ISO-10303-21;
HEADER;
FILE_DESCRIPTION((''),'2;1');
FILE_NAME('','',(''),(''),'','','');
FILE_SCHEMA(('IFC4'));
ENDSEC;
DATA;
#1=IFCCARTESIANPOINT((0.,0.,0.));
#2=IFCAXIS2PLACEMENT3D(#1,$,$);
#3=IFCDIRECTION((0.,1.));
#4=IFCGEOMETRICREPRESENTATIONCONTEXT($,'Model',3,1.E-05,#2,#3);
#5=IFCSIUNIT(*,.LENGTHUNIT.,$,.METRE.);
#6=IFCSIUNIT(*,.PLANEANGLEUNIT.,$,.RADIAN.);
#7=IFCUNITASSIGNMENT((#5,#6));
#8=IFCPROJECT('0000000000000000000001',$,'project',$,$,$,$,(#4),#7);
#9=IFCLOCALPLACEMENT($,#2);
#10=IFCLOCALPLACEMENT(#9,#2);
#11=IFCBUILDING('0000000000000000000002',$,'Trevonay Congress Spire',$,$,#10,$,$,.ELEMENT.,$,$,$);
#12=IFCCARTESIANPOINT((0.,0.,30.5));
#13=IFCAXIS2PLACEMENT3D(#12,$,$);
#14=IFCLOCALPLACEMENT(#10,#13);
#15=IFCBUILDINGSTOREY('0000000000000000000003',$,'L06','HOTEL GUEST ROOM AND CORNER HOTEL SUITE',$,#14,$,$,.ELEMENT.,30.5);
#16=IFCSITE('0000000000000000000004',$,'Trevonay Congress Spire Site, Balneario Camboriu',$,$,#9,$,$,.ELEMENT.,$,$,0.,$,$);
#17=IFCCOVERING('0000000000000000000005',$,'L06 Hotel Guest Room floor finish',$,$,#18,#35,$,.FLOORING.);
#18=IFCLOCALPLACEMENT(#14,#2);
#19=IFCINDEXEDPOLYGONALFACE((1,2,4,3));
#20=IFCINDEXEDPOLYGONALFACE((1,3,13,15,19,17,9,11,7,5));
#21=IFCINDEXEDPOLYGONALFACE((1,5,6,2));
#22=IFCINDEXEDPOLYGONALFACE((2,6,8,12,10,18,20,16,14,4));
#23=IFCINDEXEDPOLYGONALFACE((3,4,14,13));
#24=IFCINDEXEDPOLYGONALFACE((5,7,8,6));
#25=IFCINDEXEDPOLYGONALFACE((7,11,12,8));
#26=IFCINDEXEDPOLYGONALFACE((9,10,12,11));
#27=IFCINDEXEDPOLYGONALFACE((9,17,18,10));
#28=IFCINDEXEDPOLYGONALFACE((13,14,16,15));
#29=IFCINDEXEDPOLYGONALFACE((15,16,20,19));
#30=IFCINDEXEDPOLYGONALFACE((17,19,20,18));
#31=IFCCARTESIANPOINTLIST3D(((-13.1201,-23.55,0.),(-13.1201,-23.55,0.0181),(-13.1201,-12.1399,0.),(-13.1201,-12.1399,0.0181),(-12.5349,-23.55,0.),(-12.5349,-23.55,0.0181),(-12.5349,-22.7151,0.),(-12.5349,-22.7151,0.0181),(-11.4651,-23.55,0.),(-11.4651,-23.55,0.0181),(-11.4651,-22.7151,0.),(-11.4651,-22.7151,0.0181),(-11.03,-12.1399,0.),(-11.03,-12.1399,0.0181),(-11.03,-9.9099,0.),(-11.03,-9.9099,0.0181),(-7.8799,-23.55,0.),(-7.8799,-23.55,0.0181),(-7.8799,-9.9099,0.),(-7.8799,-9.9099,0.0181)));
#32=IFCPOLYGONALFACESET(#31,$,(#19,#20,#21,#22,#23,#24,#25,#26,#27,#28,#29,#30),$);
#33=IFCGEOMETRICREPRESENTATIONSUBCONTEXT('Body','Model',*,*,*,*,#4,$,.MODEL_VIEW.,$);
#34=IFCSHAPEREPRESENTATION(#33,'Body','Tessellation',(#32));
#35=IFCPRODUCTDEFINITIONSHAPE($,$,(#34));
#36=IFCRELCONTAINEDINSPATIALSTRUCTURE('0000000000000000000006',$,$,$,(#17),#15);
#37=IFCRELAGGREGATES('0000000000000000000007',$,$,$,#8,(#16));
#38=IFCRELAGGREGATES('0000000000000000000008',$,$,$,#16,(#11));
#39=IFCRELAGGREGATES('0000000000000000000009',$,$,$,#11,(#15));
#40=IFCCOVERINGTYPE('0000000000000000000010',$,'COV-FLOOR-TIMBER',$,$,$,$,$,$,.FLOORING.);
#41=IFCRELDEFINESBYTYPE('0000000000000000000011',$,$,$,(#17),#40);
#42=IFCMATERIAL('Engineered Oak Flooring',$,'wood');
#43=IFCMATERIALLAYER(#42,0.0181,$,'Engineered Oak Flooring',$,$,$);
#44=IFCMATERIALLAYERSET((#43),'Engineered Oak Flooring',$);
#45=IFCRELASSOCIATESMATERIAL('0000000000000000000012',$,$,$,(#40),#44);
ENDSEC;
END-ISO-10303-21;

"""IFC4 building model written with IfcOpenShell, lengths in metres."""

from ifc_helpers import new_model, si_unit, direction, frame, origin, place, context, subcontext, project, spatial, polyline, outline, extrude, material, layer, layer_set, type_object, element, save


model = new_model("IFC4")

# Units and contexts
model_context = context("Model", 3, precision=1e-05, world=origin(), true_north=direction((0.0, 1.0)))
body_context = subcontext(model_context, "Body", "Model", "MODEL_VIEW")
ifc_project = project(units=[si_unit("LENGTHUNIT", "METRE"), si_unit("PLANEANGLEUNIT", "RADIAN")], contexts=[model_context])

# Site, building, storey
site_placement = place(None, origin())
site = spatial("IfcSite", under=ifc_project, at=site_placement, Name="Trevonay Congress Spire Site, Balneario Camboriu", CompositionType="ELEMENT", RefElevation=0.0)
building_placement = place(site_placement, origin())
building = spatial("IfcBuilding", under=site, at=building_placement, Name="Trevonay Congress Spire", CompositionType="ELEMENT")
storey_placement = place(building_placement, frame((0.0, 0.0, 30.5)))
storey = spatial("IfcBuildingStorey", under=building, at=storey_placement, Name="L06", Description="HOTEL GUEST ROOM AND CORNER HOTEL SUITE", CompositionType="ELEMENT", Elevation=30.5)

# Covering
ifc_material_1 = material(Name="Engineered Oak Flooring", Category="wood")
ifc_layer_1 = layer(ifc_material_1, 0.0181, Name="Engineered Oak Flooring")
ifc_layer_set_1 = layer_set([ifc_layer_1], Name="Engineered Oak Flooring")
covering_type_1 = type_object("IfcCoveringType", Name="COV-FLOOR-TIMBER", PredefinedType="FLOORING", material=ifc_layer_set_1)
covering_1_placement = place(storey_placement, origin())
element("IfcCovering", 1, at=covering_1_placement, inside=storey, type_object=covering_type_1, Name="L06 Hotel Guest Room floor finish", PredefinedType="FLOORING", context=body_context, shape_type="SweptSolid", body=[
    extrude(outline(polyline([(-13.1201, -23.55), (-13.1201, -12.1399), (-11.03, -12.1399), (-11.03, -9.9099), (-7.8799, -9.9099), (-7.8799, -23.55), (-11.4651, -23.55), (-11.4651, -22.7151), (-12.5349, -22.7151), (-12.5349, -23.55), (-13.1201, -23.55)])), origin(), (0.0, 0.0, 1.0), 0.0181),
])

save(model, "model.ifc")
